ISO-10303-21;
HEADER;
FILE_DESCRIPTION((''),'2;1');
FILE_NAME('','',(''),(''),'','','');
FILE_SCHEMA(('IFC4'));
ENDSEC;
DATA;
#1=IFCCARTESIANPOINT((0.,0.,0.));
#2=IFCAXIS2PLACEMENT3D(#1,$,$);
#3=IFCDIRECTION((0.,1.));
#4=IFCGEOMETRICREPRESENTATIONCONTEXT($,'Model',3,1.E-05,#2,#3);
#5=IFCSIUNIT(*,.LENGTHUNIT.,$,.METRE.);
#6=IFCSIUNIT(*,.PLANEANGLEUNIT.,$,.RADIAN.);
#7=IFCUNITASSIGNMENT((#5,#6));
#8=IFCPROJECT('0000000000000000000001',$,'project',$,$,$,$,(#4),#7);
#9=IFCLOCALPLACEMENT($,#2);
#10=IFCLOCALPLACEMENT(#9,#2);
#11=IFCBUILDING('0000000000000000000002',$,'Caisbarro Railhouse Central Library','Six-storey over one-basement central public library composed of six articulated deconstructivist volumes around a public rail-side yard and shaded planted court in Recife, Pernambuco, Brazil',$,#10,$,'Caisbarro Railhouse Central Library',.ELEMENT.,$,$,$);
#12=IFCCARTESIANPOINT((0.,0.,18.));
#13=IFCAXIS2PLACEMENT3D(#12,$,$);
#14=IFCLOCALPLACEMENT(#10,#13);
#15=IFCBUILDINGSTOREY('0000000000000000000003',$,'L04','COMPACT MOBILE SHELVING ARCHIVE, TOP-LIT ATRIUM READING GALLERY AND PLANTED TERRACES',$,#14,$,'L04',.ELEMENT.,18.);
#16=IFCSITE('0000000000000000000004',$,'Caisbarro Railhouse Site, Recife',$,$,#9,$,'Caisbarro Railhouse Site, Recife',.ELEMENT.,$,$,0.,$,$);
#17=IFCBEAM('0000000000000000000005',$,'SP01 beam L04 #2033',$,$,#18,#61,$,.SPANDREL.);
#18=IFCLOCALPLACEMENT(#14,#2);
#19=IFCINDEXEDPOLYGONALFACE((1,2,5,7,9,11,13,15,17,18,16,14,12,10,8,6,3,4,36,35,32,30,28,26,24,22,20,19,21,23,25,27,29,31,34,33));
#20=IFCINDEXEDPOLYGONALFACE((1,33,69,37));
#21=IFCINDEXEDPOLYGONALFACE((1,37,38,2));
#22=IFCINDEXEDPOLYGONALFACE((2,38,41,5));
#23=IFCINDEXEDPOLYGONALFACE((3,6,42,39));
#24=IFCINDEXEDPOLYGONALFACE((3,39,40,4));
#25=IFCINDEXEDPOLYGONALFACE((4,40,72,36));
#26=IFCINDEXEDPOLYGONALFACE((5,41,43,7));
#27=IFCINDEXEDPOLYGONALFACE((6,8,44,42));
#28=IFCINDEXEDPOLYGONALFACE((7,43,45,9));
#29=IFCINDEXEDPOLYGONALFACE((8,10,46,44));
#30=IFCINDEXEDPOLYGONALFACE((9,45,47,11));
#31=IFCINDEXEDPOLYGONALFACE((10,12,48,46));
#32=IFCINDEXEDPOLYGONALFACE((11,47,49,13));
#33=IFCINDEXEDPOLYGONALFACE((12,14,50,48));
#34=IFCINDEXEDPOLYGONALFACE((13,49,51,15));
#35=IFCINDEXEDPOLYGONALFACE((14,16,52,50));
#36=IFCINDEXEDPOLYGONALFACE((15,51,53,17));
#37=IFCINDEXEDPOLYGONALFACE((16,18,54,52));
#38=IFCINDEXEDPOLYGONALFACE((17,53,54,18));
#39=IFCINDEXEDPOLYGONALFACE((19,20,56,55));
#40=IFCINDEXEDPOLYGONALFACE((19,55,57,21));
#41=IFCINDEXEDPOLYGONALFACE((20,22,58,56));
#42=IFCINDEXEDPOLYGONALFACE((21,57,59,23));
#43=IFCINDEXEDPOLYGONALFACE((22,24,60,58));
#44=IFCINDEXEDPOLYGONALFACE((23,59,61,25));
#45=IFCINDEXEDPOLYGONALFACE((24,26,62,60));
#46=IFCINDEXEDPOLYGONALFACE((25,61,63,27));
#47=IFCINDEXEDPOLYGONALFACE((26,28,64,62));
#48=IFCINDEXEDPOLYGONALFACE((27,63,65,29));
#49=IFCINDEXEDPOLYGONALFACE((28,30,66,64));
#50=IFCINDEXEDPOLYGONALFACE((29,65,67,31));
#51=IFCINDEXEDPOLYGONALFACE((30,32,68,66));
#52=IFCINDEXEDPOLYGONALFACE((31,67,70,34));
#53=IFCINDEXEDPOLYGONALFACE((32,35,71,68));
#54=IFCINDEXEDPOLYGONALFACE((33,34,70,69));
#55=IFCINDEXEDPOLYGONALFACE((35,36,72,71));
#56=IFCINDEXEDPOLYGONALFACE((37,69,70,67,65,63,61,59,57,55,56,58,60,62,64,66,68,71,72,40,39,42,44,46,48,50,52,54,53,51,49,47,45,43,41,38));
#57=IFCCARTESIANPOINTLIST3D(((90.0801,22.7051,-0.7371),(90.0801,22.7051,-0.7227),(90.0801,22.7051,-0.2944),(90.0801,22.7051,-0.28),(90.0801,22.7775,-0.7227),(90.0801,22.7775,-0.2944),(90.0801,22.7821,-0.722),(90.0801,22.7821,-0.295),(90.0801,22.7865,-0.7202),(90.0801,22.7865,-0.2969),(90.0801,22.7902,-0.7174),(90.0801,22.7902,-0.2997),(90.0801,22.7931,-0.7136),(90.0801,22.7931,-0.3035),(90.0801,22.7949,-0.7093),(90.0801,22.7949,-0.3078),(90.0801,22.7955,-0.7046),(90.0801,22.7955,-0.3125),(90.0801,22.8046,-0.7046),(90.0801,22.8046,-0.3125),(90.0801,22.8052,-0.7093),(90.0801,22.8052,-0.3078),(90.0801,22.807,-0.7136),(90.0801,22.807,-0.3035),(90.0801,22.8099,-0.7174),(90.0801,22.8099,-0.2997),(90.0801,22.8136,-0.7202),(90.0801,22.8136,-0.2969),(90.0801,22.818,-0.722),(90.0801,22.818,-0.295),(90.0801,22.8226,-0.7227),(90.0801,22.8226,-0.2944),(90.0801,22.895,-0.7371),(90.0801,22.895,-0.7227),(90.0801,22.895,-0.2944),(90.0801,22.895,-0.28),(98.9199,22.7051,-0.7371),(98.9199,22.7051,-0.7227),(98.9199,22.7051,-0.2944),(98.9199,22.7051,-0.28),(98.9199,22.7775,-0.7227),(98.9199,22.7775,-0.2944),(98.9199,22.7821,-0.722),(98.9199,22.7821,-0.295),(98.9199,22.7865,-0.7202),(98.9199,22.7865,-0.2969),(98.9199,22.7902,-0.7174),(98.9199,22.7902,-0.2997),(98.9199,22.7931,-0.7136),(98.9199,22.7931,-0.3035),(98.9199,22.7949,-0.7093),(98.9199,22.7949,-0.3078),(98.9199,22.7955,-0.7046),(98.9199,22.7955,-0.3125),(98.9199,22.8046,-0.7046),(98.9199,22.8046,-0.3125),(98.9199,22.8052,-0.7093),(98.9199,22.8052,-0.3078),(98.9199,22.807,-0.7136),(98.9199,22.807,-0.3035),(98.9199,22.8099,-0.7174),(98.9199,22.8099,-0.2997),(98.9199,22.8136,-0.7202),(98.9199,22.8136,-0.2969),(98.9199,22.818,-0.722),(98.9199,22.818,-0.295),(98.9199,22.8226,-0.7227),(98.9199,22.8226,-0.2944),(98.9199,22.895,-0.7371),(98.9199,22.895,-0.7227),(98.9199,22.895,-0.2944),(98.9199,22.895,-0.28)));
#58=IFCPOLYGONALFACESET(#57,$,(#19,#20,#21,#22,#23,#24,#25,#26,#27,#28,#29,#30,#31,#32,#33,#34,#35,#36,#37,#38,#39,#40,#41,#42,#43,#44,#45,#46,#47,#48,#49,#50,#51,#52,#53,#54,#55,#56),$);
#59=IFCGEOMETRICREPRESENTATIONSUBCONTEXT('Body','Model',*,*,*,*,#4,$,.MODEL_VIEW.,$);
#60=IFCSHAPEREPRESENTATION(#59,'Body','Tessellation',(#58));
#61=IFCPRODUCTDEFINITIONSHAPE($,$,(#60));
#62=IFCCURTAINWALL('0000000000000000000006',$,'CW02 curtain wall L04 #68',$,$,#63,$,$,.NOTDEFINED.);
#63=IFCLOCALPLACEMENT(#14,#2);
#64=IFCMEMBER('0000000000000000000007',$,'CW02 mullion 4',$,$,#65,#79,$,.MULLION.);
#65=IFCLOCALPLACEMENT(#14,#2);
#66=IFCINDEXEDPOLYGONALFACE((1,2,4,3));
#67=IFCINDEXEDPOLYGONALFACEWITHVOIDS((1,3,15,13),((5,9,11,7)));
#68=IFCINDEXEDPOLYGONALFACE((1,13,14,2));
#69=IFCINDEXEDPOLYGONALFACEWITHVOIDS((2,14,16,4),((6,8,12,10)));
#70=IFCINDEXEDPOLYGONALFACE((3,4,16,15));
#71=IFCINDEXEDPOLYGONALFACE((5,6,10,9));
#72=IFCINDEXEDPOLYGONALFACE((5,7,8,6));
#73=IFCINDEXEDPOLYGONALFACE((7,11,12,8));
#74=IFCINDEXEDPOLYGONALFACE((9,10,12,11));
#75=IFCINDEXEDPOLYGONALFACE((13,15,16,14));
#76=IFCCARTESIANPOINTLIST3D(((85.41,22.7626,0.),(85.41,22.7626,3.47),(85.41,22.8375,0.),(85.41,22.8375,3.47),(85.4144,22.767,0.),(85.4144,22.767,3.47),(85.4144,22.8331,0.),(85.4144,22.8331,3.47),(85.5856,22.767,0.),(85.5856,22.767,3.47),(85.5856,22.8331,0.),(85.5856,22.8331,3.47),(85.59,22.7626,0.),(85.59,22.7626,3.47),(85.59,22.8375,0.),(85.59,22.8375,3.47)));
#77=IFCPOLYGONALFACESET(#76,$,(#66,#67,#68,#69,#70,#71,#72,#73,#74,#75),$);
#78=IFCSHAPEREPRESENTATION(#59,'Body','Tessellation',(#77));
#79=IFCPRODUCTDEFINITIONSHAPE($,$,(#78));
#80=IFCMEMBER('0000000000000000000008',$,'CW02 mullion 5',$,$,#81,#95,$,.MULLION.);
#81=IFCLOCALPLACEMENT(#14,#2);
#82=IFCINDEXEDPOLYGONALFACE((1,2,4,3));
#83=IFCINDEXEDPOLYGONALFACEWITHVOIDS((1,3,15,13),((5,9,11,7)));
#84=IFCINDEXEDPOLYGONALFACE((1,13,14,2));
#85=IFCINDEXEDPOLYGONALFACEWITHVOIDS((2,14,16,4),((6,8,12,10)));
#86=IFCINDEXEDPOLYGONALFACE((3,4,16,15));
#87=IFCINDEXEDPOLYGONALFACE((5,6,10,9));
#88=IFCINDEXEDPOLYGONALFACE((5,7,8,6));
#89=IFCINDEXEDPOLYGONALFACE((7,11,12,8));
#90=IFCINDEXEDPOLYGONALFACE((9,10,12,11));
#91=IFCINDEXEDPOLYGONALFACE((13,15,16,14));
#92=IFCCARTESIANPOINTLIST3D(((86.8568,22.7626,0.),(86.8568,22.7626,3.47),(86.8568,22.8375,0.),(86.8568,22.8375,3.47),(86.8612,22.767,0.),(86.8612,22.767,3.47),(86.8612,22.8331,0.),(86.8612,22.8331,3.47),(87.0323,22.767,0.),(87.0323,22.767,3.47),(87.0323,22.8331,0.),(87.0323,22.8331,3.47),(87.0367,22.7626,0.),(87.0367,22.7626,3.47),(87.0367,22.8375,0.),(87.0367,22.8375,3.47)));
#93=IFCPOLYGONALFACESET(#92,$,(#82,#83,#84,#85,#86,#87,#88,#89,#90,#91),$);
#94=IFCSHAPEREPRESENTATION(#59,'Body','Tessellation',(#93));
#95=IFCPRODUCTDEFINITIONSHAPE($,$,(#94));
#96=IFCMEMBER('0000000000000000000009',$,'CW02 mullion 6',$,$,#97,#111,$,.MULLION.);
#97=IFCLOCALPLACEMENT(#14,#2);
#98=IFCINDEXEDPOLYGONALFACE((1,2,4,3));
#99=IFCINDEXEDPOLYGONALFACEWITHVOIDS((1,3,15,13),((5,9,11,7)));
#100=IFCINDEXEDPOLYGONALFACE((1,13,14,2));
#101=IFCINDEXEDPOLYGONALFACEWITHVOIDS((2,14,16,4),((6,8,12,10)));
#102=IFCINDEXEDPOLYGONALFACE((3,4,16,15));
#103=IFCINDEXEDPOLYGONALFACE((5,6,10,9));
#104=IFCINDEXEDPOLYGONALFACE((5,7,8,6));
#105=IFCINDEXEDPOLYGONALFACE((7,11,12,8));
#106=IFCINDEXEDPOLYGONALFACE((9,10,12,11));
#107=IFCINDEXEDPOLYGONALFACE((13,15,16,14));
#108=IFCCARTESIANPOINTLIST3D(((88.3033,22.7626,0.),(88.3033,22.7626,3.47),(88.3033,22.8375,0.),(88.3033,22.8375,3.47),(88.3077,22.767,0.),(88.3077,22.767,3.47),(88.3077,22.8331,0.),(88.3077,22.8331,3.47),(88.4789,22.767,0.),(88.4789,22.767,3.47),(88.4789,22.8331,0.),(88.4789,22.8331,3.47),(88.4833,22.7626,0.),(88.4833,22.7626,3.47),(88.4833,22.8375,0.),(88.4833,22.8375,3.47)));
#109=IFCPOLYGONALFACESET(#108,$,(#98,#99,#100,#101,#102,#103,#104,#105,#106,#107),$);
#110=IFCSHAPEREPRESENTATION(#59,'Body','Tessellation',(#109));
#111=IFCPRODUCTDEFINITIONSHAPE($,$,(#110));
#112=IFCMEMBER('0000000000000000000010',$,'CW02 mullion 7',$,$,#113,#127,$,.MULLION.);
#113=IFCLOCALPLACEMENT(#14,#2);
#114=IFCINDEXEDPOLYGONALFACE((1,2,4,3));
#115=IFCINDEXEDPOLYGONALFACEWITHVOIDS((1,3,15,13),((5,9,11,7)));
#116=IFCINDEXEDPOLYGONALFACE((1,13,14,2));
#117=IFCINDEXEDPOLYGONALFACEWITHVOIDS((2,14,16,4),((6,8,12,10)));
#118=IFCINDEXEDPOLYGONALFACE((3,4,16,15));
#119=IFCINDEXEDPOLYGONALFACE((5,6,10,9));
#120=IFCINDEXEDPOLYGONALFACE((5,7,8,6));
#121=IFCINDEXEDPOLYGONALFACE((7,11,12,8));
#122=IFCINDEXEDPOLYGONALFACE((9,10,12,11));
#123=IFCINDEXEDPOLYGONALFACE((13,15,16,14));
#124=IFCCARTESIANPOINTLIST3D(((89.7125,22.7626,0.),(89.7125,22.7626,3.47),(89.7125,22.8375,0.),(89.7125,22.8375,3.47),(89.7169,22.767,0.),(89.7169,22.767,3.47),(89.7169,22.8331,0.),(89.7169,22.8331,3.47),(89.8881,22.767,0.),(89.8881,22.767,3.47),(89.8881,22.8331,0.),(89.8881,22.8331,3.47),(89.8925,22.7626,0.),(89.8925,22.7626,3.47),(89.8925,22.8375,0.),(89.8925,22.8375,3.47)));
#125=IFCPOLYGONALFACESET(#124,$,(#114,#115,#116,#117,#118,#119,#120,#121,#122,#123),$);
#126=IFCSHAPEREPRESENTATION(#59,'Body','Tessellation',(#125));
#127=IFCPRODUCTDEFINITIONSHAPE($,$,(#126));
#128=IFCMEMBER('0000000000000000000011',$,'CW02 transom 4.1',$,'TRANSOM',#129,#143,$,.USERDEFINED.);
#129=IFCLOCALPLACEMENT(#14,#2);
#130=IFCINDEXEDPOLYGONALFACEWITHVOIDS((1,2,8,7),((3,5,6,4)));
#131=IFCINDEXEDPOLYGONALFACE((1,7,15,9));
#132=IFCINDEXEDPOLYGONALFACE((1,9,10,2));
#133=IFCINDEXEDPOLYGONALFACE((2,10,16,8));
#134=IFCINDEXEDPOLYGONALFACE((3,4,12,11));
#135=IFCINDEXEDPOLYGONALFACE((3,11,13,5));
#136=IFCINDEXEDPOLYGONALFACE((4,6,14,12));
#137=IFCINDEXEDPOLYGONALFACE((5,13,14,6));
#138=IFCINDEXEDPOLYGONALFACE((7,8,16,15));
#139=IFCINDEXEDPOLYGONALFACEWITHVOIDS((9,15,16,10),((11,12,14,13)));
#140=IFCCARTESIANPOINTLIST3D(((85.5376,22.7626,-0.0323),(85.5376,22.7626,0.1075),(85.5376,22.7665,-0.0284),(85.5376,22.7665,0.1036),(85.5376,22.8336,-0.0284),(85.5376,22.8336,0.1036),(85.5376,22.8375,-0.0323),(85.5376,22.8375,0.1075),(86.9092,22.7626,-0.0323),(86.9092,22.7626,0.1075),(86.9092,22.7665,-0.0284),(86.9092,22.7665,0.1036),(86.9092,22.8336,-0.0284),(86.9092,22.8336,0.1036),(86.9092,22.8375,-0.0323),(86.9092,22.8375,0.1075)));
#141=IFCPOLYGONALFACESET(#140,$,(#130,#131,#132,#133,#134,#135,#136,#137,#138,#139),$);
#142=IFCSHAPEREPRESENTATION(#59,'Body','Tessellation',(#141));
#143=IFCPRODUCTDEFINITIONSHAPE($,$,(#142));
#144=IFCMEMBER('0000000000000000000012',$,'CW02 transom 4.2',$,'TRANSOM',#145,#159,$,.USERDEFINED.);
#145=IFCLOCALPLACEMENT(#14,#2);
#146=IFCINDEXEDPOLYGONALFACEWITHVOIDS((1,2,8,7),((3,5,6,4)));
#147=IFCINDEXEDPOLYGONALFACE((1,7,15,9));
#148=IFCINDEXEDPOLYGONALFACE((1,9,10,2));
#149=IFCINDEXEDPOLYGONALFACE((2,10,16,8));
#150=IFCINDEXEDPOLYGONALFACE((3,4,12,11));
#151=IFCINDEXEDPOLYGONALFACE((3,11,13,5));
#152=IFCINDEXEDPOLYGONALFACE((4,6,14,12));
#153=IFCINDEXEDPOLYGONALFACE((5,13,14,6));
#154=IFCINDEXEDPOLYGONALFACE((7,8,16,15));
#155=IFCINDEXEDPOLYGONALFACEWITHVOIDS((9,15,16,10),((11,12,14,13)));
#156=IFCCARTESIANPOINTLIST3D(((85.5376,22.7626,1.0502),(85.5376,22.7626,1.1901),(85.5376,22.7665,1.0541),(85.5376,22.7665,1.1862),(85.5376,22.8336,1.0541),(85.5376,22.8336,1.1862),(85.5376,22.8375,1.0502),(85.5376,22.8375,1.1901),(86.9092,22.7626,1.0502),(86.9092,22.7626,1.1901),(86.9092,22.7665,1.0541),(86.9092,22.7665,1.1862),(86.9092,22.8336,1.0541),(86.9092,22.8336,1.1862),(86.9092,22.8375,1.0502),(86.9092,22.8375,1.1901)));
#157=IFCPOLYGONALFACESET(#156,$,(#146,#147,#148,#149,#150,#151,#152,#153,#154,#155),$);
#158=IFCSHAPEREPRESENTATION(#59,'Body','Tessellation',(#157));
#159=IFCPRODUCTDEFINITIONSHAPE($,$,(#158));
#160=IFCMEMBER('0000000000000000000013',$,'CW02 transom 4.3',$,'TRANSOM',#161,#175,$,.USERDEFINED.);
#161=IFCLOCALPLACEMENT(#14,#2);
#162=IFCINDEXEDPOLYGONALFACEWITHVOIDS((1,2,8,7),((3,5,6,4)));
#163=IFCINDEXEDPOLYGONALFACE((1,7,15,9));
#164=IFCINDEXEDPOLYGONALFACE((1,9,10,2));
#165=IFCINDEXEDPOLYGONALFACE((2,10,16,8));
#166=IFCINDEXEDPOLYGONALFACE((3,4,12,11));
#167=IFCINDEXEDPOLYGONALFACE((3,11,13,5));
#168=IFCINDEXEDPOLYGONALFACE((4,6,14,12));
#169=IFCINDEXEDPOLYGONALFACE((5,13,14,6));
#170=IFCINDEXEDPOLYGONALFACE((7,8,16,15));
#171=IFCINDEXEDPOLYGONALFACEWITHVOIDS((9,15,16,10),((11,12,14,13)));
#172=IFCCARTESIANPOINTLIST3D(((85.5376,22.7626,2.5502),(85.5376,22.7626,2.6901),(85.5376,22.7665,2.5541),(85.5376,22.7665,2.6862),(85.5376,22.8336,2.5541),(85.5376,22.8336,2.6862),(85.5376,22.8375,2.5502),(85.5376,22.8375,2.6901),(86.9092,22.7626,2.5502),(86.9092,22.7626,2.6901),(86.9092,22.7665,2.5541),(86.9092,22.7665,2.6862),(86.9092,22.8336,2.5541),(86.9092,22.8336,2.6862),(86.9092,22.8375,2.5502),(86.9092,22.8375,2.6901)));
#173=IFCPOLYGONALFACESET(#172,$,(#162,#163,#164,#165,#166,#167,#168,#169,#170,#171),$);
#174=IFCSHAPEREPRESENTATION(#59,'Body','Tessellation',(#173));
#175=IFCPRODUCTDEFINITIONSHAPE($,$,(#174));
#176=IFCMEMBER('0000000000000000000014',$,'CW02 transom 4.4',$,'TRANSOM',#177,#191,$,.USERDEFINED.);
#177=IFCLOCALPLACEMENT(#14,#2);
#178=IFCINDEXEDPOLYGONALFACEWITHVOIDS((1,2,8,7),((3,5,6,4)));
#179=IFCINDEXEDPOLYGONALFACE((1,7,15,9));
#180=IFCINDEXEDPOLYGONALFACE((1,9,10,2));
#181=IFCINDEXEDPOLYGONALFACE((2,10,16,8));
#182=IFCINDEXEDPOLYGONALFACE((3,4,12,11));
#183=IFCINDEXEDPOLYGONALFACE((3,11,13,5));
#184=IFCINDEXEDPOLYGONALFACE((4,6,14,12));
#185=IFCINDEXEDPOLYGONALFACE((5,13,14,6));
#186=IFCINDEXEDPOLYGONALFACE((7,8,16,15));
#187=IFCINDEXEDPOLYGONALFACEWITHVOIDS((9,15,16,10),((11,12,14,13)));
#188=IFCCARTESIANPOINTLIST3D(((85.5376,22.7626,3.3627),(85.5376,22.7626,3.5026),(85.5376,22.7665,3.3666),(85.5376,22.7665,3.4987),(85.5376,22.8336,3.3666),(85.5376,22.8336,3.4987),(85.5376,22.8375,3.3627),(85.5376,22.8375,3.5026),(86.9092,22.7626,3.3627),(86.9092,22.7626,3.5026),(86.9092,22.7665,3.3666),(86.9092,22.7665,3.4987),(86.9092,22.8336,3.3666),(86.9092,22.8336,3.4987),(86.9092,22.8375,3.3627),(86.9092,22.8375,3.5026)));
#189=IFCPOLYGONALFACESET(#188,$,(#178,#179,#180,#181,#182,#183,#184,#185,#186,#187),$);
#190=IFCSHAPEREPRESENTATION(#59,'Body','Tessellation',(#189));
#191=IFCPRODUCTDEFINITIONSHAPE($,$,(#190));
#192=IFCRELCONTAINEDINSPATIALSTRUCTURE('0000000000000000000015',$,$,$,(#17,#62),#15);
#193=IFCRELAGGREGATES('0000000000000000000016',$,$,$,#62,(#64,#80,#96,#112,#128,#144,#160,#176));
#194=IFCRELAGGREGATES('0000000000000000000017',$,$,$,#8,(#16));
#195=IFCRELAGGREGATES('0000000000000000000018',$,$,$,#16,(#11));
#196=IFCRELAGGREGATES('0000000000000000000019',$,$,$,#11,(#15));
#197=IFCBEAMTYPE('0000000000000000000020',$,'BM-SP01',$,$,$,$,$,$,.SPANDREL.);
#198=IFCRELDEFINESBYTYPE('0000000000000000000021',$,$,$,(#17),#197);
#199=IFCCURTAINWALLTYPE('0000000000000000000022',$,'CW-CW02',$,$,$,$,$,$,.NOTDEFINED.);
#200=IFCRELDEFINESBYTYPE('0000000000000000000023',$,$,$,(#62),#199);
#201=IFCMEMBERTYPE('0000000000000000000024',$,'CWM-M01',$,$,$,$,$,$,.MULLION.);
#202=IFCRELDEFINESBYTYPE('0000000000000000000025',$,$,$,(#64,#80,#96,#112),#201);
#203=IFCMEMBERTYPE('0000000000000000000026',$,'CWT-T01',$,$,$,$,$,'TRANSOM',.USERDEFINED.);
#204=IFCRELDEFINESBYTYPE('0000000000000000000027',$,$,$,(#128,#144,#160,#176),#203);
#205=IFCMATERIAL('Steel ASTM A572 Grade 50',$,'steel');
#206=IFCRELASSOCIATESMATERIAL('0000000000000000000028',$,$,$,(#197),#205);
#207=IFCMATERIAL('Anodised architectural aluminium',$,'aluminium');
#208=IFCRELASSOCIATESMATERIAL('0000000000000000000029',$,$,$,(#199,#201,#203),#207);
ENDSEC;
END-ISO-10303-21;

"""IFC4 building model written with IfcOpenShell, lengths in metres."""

from ifc_helpers import new_model, si_unit, direction, frame, origin, origin_2d, place, context, subcontext, project, spatial, hollow_rectangle, i_section, extrude, material, material_profile, profile_set, type_object, element, aggregate, save


model = new_model("IFC4")

# Units and contexts
model_context = context("Model", 3, precision=1e-05, world=origin(), true_north=direction((0.0, 1.0)))
body_context = subcontext(model_context, "Body", "Model", "MODEL_VIEW")
ifc_project = project(units=[si_unit("LENGTHUNIT", "METRE"), si_unit("PLANEANGLEUNIT", "RADIAN")], contexts=[model_context])

# Site, building, storey
site_placement = place(None, origin())
site = spatial("IfcSite", under=ifc_project, at=site_placement, Name="Caisbarro Railhouse Site, Recife", LongName="Caisbarro Railhouse Site, Recife", CompositionType="ELEMENT", RefElevation=0.0)
building_placement = place(site_placement, origin())
building = spatial("IfcBuilding", under=site, at=building_placement, Name="Caisbarro Railhouse Central Library", Description="Six-storey over one-basement central public library composed of six articulated deconstructivist volumes around a public rail-side yard and shaded planted court in Recife, Pernambuco, Brazil", LongName="Caisbarro Railhouse Central Library", CompositionType="ELEMENT")
storey_placement = place(building_placement, frame((0.0, 0.0, 18.0)))
storey = spatial("IfcBuildingStorey", under=building, at=storey_placement, Name="L04", Description="COMPACT MOBILE SHELVING ARCHIVE, TOP-LIT ATRIUM READING GALLERY AND PLANTED TERRACES", LongName="L04", CompositionType="ELEMENT", Elevation=18.0)

# Shared definitions
ifc_material_1 = material(Name="Steel ASTM A572 Grade 50", Category="steel")

# Beam
ifc_material_profile_1 = material_profile(ifc_material_1, i_section(OverallWidth=0.1899, OverallDepth=0.457, WebThickness=0.009, FlangeThickness=0.0144, FilletRadius=0.0181, at=origin_2d()), Name="W460X74.0")
ifc_profile_set_1 = profile_set([ifc_material_profile_1], Name="Steel ASTM A572 Grade 50")
beam_type_1 = type_object("IfcBeamType", Name="BM-SP01", PredefinedType="SPANDREL", material=ifc_profile_set_1)
beam_placement = place(storey_placement, frame((90.0801, 22.8, -0.5085), z_axis=(1.0, 0.0, 0.0), x_axis=(0.0, 1.0, 0.0)))
element("IfcBeam", 1, at=beam_placement, inside=storey, type_object=beam_type_1, Name="SP01 beam L04 #2033", PredefinedType="SPANDREL", context=body_context, shape_type="SweptSolid", body=[
    extrude(i_section(OverallWidth=0.1899, OverallDepth=0.457, WebThickness=0.009, FlangeThickness=0.0144, FilletRadius=0.0181, at=origin_2d()), origin(), (0.0, 0.0, 1.0), 8.8398),
])

# Curtain wall, members
ifc_material_2 = material(Name="Anodised architectural aluminium", Category="aluminium")
curtain_wall_type = type_object("IfcCurtainWallType", Name="CW-CW02", PredefinedType="NOTDEFINED", material=ifc_material_2)
curtain_wall_placement = place(storey_placement, origin())
curtain_wall = element("IfcCurtainWall", 2, at=curtain_wall_placement, inside=storey, type_object=curtain_wall_type, Name="CW02 curtain wall L04 #68", PredefinedType="NOTDEFINED")
ifc_material_profile_2 = material_profile(ifc_material_2, hollow_rectangle(XDim=0.075, YDim=0.1799, WallThickness=0.0044, at=origin_2d()), Name="ALU-MUL-75X180")
ifc_profile_set_2 = profile_set([ifc_material_profile_2], Name="Anodised architectural aluminium")
member_type_1 = type_object("IfcMemberType", Name="CWM-M01", PredefinedType="MULLION", material=ifc_profile_set_2)
member_1_placement = place(storey_placement, frame((85.5, 22.8, 0.0), z_axis=(0.0, 0.0, 1.0), x_axis=(0.0, 1.0, 0.0)))
member_1 = element("IfcMember", 3, at=member_1_placement, type_object=member_type_1, Name="CW02 mullion 4", PredefinedType="MULLION", context=body_context, shape_type="SweptSolid", body=[
    extrude(hollow_rectangle(XDim=0.075, YDim=0.1799, WallThickness=0.0044, at=origin_2d()), origin(), (0.0, 0.0, 1.0), 3.47),
])
member_2_placement = place(storey_placement, frame((86.9468, 22.8, 0.0), z_axis=(0.0, 0.0, 1.0), x_axis=(0.0, 1.0, 0.0)))
member_2 = element("IfcMember", 4, at=member_2_placement, type_object=member_type_1, Name="CW02 mullion 5", PredefinedType="MULLION", context=body_context, shape_type="SweptSolid", body=[
    extrude(hollow_rectangle(XDim=0.075, YDim=0.1799, WallThickness=0.0044, at=origin_2d()), origin(), (0.0, 0.0, 1.0), 3.47),
])
member_3_placement = place(storey_placement, frame((88.3933, 22.8, 0.0), z_axis=(0.0, 0.0, 1.0), x_axis=(0.0, 1.0, 0.0)))
member_3 = element("IfcMember", 5, at=member_3_placement, type_object=member_type_1, Name="CW02 mullion 6", PredefinedType="MULLION", context=body_context, shape_type="SweptSolid", body=[
    extrude(hollow_rectangle(XDim=0.075, YDim=0.1799, WallThickness=0.0044, at=origin_2d()), origin(), (0.0, 0.0, 1.0), 3.47),
])
member_4_placement = place(storey_placement, frame((89.8025, 22.8, 0.0), z_axis=(0.0, 0.0, 1.0), x_axis=(0.0, 1.0, 0.0)))
member_4 = element("IfcMember", 6, at=member_4_placement, type_object=member_type_1, Name="CW02 mullion 7", PredefinedType="MULLION", context=body_context, shape_type="SweptSolid", body=[
    extrude(hollow_rectangle(XDim=0.075, YDim=0.1799, WallThickness=0.0044, at=origin_2d()), origin(), (0.0, 0.0, 1.0), 3.47),
])
ifc_material_profile_3 = material_profile(ifc_material_2, hollow_rectangle(XDim=0.075, YDim=0.1399, WallThickness=0.0039, at=origin_2d()), Name="ALU-TRN-75X140")
ifc_profile_set_3 = profile_set([ifc_material_profile_3], Name="Anodised architectural aluminium")
member_type_2 = type_object("IfcMemberType", Name="CWT-T01", ElementType="TRANSOM", PredefinedType="USERDEFINED", material=ifc_profile_set_3)
member_5_placement = place(storey_placement, frame((85.5376, 22.8, 0.0376), z_axis=(1.0, 0.0, 0.0), x_axis=(0.0, 1.0, 0.0)))
member_5 = element("IfcMember", 7, at=member_5_placement, type_object=member_type_2, Name="CW02 transom 4.1", ObjectType="TRANSOM", PredefinedType="USERDEFINED", context=body_context, shape_type="SweptSolid", body=[
    extrude(hollow_rectangle(XDim=0.075, YDim=0.1399, WallThickness=0.0039, at=origin_2d()), origin(), (0.0, 0.0, 1.0), 1.3716),
])
member_6_placement = place(storey_placement, frame((85.5376, 22.8, 1.1201), z_axis=(1.0, 0.0, 0.0), x_axis=(0.0, 1.0, 0.0)))
member_6 = element("IfcMember", 8, at=member_6_placement, type_object=member_type_2, Name="CW02 transom 4.2", ObjectType="TRANSOM", PredefinedType="USERDEFINED", context=body_context, shape_type="SweptSolid", body=[
    extrude(hollow_rectangle(XDim=0.075, YDim=0.1399, WallThickness=0.0039, at=origin_2d()), origin(), (0.0, 0.0, 1.0), 1.3716),
])
member_7_placement = place(storey_placement, frame((85.5376, 22.8, 2.6201), z_axis=(1.0, 0.0, 0.0), x_axis=(0.0, 1.0, 0.0)))
member_7 = element("IfcMember", 9, at=member_7_placement, type_object=member_type_2, Name="CW02 transom 4.3", ObjectType="TRANSOM", PredefinedType="USERDEFINED", context=body_context, shape_type="SweptSolid", body=[
    extrude(hollow_rectangle(XDim=0.075, YDim=0.1399, WallThickness=0.0039, at=origin_2d()), origin(), (0.0, 0.0, 1.0), 1.3716),
])
member_8_placement = place(storey_placement, frame((85.5376, 22.8, 3.4326), z_axis=(1.0, 0.0, 0.0), x_axis=(0.0, 1.0, 0.0)))
member_8 = element("IfcMember", 10, at=member_8_placement, type_object=member_type_2, Name="CW02 transom 4.4", ObjectType="TRANSOM", PredefinedType="USERDEFINED", context=body_context, shape_type="SweptSolid", body=[
    extrude(hollow_rectangle(XDim=0.075, YDim=0.1399, WallThickness=0.0039, at=origin_2d()), origin(), (0.0, 0.0, 1.0), 1.3716),
])
aggregate(curtain_wall, [member_1, member_2, member_3, member_4, member_5, member_6, member_7, member_8])

save(model, "model.ifc")
